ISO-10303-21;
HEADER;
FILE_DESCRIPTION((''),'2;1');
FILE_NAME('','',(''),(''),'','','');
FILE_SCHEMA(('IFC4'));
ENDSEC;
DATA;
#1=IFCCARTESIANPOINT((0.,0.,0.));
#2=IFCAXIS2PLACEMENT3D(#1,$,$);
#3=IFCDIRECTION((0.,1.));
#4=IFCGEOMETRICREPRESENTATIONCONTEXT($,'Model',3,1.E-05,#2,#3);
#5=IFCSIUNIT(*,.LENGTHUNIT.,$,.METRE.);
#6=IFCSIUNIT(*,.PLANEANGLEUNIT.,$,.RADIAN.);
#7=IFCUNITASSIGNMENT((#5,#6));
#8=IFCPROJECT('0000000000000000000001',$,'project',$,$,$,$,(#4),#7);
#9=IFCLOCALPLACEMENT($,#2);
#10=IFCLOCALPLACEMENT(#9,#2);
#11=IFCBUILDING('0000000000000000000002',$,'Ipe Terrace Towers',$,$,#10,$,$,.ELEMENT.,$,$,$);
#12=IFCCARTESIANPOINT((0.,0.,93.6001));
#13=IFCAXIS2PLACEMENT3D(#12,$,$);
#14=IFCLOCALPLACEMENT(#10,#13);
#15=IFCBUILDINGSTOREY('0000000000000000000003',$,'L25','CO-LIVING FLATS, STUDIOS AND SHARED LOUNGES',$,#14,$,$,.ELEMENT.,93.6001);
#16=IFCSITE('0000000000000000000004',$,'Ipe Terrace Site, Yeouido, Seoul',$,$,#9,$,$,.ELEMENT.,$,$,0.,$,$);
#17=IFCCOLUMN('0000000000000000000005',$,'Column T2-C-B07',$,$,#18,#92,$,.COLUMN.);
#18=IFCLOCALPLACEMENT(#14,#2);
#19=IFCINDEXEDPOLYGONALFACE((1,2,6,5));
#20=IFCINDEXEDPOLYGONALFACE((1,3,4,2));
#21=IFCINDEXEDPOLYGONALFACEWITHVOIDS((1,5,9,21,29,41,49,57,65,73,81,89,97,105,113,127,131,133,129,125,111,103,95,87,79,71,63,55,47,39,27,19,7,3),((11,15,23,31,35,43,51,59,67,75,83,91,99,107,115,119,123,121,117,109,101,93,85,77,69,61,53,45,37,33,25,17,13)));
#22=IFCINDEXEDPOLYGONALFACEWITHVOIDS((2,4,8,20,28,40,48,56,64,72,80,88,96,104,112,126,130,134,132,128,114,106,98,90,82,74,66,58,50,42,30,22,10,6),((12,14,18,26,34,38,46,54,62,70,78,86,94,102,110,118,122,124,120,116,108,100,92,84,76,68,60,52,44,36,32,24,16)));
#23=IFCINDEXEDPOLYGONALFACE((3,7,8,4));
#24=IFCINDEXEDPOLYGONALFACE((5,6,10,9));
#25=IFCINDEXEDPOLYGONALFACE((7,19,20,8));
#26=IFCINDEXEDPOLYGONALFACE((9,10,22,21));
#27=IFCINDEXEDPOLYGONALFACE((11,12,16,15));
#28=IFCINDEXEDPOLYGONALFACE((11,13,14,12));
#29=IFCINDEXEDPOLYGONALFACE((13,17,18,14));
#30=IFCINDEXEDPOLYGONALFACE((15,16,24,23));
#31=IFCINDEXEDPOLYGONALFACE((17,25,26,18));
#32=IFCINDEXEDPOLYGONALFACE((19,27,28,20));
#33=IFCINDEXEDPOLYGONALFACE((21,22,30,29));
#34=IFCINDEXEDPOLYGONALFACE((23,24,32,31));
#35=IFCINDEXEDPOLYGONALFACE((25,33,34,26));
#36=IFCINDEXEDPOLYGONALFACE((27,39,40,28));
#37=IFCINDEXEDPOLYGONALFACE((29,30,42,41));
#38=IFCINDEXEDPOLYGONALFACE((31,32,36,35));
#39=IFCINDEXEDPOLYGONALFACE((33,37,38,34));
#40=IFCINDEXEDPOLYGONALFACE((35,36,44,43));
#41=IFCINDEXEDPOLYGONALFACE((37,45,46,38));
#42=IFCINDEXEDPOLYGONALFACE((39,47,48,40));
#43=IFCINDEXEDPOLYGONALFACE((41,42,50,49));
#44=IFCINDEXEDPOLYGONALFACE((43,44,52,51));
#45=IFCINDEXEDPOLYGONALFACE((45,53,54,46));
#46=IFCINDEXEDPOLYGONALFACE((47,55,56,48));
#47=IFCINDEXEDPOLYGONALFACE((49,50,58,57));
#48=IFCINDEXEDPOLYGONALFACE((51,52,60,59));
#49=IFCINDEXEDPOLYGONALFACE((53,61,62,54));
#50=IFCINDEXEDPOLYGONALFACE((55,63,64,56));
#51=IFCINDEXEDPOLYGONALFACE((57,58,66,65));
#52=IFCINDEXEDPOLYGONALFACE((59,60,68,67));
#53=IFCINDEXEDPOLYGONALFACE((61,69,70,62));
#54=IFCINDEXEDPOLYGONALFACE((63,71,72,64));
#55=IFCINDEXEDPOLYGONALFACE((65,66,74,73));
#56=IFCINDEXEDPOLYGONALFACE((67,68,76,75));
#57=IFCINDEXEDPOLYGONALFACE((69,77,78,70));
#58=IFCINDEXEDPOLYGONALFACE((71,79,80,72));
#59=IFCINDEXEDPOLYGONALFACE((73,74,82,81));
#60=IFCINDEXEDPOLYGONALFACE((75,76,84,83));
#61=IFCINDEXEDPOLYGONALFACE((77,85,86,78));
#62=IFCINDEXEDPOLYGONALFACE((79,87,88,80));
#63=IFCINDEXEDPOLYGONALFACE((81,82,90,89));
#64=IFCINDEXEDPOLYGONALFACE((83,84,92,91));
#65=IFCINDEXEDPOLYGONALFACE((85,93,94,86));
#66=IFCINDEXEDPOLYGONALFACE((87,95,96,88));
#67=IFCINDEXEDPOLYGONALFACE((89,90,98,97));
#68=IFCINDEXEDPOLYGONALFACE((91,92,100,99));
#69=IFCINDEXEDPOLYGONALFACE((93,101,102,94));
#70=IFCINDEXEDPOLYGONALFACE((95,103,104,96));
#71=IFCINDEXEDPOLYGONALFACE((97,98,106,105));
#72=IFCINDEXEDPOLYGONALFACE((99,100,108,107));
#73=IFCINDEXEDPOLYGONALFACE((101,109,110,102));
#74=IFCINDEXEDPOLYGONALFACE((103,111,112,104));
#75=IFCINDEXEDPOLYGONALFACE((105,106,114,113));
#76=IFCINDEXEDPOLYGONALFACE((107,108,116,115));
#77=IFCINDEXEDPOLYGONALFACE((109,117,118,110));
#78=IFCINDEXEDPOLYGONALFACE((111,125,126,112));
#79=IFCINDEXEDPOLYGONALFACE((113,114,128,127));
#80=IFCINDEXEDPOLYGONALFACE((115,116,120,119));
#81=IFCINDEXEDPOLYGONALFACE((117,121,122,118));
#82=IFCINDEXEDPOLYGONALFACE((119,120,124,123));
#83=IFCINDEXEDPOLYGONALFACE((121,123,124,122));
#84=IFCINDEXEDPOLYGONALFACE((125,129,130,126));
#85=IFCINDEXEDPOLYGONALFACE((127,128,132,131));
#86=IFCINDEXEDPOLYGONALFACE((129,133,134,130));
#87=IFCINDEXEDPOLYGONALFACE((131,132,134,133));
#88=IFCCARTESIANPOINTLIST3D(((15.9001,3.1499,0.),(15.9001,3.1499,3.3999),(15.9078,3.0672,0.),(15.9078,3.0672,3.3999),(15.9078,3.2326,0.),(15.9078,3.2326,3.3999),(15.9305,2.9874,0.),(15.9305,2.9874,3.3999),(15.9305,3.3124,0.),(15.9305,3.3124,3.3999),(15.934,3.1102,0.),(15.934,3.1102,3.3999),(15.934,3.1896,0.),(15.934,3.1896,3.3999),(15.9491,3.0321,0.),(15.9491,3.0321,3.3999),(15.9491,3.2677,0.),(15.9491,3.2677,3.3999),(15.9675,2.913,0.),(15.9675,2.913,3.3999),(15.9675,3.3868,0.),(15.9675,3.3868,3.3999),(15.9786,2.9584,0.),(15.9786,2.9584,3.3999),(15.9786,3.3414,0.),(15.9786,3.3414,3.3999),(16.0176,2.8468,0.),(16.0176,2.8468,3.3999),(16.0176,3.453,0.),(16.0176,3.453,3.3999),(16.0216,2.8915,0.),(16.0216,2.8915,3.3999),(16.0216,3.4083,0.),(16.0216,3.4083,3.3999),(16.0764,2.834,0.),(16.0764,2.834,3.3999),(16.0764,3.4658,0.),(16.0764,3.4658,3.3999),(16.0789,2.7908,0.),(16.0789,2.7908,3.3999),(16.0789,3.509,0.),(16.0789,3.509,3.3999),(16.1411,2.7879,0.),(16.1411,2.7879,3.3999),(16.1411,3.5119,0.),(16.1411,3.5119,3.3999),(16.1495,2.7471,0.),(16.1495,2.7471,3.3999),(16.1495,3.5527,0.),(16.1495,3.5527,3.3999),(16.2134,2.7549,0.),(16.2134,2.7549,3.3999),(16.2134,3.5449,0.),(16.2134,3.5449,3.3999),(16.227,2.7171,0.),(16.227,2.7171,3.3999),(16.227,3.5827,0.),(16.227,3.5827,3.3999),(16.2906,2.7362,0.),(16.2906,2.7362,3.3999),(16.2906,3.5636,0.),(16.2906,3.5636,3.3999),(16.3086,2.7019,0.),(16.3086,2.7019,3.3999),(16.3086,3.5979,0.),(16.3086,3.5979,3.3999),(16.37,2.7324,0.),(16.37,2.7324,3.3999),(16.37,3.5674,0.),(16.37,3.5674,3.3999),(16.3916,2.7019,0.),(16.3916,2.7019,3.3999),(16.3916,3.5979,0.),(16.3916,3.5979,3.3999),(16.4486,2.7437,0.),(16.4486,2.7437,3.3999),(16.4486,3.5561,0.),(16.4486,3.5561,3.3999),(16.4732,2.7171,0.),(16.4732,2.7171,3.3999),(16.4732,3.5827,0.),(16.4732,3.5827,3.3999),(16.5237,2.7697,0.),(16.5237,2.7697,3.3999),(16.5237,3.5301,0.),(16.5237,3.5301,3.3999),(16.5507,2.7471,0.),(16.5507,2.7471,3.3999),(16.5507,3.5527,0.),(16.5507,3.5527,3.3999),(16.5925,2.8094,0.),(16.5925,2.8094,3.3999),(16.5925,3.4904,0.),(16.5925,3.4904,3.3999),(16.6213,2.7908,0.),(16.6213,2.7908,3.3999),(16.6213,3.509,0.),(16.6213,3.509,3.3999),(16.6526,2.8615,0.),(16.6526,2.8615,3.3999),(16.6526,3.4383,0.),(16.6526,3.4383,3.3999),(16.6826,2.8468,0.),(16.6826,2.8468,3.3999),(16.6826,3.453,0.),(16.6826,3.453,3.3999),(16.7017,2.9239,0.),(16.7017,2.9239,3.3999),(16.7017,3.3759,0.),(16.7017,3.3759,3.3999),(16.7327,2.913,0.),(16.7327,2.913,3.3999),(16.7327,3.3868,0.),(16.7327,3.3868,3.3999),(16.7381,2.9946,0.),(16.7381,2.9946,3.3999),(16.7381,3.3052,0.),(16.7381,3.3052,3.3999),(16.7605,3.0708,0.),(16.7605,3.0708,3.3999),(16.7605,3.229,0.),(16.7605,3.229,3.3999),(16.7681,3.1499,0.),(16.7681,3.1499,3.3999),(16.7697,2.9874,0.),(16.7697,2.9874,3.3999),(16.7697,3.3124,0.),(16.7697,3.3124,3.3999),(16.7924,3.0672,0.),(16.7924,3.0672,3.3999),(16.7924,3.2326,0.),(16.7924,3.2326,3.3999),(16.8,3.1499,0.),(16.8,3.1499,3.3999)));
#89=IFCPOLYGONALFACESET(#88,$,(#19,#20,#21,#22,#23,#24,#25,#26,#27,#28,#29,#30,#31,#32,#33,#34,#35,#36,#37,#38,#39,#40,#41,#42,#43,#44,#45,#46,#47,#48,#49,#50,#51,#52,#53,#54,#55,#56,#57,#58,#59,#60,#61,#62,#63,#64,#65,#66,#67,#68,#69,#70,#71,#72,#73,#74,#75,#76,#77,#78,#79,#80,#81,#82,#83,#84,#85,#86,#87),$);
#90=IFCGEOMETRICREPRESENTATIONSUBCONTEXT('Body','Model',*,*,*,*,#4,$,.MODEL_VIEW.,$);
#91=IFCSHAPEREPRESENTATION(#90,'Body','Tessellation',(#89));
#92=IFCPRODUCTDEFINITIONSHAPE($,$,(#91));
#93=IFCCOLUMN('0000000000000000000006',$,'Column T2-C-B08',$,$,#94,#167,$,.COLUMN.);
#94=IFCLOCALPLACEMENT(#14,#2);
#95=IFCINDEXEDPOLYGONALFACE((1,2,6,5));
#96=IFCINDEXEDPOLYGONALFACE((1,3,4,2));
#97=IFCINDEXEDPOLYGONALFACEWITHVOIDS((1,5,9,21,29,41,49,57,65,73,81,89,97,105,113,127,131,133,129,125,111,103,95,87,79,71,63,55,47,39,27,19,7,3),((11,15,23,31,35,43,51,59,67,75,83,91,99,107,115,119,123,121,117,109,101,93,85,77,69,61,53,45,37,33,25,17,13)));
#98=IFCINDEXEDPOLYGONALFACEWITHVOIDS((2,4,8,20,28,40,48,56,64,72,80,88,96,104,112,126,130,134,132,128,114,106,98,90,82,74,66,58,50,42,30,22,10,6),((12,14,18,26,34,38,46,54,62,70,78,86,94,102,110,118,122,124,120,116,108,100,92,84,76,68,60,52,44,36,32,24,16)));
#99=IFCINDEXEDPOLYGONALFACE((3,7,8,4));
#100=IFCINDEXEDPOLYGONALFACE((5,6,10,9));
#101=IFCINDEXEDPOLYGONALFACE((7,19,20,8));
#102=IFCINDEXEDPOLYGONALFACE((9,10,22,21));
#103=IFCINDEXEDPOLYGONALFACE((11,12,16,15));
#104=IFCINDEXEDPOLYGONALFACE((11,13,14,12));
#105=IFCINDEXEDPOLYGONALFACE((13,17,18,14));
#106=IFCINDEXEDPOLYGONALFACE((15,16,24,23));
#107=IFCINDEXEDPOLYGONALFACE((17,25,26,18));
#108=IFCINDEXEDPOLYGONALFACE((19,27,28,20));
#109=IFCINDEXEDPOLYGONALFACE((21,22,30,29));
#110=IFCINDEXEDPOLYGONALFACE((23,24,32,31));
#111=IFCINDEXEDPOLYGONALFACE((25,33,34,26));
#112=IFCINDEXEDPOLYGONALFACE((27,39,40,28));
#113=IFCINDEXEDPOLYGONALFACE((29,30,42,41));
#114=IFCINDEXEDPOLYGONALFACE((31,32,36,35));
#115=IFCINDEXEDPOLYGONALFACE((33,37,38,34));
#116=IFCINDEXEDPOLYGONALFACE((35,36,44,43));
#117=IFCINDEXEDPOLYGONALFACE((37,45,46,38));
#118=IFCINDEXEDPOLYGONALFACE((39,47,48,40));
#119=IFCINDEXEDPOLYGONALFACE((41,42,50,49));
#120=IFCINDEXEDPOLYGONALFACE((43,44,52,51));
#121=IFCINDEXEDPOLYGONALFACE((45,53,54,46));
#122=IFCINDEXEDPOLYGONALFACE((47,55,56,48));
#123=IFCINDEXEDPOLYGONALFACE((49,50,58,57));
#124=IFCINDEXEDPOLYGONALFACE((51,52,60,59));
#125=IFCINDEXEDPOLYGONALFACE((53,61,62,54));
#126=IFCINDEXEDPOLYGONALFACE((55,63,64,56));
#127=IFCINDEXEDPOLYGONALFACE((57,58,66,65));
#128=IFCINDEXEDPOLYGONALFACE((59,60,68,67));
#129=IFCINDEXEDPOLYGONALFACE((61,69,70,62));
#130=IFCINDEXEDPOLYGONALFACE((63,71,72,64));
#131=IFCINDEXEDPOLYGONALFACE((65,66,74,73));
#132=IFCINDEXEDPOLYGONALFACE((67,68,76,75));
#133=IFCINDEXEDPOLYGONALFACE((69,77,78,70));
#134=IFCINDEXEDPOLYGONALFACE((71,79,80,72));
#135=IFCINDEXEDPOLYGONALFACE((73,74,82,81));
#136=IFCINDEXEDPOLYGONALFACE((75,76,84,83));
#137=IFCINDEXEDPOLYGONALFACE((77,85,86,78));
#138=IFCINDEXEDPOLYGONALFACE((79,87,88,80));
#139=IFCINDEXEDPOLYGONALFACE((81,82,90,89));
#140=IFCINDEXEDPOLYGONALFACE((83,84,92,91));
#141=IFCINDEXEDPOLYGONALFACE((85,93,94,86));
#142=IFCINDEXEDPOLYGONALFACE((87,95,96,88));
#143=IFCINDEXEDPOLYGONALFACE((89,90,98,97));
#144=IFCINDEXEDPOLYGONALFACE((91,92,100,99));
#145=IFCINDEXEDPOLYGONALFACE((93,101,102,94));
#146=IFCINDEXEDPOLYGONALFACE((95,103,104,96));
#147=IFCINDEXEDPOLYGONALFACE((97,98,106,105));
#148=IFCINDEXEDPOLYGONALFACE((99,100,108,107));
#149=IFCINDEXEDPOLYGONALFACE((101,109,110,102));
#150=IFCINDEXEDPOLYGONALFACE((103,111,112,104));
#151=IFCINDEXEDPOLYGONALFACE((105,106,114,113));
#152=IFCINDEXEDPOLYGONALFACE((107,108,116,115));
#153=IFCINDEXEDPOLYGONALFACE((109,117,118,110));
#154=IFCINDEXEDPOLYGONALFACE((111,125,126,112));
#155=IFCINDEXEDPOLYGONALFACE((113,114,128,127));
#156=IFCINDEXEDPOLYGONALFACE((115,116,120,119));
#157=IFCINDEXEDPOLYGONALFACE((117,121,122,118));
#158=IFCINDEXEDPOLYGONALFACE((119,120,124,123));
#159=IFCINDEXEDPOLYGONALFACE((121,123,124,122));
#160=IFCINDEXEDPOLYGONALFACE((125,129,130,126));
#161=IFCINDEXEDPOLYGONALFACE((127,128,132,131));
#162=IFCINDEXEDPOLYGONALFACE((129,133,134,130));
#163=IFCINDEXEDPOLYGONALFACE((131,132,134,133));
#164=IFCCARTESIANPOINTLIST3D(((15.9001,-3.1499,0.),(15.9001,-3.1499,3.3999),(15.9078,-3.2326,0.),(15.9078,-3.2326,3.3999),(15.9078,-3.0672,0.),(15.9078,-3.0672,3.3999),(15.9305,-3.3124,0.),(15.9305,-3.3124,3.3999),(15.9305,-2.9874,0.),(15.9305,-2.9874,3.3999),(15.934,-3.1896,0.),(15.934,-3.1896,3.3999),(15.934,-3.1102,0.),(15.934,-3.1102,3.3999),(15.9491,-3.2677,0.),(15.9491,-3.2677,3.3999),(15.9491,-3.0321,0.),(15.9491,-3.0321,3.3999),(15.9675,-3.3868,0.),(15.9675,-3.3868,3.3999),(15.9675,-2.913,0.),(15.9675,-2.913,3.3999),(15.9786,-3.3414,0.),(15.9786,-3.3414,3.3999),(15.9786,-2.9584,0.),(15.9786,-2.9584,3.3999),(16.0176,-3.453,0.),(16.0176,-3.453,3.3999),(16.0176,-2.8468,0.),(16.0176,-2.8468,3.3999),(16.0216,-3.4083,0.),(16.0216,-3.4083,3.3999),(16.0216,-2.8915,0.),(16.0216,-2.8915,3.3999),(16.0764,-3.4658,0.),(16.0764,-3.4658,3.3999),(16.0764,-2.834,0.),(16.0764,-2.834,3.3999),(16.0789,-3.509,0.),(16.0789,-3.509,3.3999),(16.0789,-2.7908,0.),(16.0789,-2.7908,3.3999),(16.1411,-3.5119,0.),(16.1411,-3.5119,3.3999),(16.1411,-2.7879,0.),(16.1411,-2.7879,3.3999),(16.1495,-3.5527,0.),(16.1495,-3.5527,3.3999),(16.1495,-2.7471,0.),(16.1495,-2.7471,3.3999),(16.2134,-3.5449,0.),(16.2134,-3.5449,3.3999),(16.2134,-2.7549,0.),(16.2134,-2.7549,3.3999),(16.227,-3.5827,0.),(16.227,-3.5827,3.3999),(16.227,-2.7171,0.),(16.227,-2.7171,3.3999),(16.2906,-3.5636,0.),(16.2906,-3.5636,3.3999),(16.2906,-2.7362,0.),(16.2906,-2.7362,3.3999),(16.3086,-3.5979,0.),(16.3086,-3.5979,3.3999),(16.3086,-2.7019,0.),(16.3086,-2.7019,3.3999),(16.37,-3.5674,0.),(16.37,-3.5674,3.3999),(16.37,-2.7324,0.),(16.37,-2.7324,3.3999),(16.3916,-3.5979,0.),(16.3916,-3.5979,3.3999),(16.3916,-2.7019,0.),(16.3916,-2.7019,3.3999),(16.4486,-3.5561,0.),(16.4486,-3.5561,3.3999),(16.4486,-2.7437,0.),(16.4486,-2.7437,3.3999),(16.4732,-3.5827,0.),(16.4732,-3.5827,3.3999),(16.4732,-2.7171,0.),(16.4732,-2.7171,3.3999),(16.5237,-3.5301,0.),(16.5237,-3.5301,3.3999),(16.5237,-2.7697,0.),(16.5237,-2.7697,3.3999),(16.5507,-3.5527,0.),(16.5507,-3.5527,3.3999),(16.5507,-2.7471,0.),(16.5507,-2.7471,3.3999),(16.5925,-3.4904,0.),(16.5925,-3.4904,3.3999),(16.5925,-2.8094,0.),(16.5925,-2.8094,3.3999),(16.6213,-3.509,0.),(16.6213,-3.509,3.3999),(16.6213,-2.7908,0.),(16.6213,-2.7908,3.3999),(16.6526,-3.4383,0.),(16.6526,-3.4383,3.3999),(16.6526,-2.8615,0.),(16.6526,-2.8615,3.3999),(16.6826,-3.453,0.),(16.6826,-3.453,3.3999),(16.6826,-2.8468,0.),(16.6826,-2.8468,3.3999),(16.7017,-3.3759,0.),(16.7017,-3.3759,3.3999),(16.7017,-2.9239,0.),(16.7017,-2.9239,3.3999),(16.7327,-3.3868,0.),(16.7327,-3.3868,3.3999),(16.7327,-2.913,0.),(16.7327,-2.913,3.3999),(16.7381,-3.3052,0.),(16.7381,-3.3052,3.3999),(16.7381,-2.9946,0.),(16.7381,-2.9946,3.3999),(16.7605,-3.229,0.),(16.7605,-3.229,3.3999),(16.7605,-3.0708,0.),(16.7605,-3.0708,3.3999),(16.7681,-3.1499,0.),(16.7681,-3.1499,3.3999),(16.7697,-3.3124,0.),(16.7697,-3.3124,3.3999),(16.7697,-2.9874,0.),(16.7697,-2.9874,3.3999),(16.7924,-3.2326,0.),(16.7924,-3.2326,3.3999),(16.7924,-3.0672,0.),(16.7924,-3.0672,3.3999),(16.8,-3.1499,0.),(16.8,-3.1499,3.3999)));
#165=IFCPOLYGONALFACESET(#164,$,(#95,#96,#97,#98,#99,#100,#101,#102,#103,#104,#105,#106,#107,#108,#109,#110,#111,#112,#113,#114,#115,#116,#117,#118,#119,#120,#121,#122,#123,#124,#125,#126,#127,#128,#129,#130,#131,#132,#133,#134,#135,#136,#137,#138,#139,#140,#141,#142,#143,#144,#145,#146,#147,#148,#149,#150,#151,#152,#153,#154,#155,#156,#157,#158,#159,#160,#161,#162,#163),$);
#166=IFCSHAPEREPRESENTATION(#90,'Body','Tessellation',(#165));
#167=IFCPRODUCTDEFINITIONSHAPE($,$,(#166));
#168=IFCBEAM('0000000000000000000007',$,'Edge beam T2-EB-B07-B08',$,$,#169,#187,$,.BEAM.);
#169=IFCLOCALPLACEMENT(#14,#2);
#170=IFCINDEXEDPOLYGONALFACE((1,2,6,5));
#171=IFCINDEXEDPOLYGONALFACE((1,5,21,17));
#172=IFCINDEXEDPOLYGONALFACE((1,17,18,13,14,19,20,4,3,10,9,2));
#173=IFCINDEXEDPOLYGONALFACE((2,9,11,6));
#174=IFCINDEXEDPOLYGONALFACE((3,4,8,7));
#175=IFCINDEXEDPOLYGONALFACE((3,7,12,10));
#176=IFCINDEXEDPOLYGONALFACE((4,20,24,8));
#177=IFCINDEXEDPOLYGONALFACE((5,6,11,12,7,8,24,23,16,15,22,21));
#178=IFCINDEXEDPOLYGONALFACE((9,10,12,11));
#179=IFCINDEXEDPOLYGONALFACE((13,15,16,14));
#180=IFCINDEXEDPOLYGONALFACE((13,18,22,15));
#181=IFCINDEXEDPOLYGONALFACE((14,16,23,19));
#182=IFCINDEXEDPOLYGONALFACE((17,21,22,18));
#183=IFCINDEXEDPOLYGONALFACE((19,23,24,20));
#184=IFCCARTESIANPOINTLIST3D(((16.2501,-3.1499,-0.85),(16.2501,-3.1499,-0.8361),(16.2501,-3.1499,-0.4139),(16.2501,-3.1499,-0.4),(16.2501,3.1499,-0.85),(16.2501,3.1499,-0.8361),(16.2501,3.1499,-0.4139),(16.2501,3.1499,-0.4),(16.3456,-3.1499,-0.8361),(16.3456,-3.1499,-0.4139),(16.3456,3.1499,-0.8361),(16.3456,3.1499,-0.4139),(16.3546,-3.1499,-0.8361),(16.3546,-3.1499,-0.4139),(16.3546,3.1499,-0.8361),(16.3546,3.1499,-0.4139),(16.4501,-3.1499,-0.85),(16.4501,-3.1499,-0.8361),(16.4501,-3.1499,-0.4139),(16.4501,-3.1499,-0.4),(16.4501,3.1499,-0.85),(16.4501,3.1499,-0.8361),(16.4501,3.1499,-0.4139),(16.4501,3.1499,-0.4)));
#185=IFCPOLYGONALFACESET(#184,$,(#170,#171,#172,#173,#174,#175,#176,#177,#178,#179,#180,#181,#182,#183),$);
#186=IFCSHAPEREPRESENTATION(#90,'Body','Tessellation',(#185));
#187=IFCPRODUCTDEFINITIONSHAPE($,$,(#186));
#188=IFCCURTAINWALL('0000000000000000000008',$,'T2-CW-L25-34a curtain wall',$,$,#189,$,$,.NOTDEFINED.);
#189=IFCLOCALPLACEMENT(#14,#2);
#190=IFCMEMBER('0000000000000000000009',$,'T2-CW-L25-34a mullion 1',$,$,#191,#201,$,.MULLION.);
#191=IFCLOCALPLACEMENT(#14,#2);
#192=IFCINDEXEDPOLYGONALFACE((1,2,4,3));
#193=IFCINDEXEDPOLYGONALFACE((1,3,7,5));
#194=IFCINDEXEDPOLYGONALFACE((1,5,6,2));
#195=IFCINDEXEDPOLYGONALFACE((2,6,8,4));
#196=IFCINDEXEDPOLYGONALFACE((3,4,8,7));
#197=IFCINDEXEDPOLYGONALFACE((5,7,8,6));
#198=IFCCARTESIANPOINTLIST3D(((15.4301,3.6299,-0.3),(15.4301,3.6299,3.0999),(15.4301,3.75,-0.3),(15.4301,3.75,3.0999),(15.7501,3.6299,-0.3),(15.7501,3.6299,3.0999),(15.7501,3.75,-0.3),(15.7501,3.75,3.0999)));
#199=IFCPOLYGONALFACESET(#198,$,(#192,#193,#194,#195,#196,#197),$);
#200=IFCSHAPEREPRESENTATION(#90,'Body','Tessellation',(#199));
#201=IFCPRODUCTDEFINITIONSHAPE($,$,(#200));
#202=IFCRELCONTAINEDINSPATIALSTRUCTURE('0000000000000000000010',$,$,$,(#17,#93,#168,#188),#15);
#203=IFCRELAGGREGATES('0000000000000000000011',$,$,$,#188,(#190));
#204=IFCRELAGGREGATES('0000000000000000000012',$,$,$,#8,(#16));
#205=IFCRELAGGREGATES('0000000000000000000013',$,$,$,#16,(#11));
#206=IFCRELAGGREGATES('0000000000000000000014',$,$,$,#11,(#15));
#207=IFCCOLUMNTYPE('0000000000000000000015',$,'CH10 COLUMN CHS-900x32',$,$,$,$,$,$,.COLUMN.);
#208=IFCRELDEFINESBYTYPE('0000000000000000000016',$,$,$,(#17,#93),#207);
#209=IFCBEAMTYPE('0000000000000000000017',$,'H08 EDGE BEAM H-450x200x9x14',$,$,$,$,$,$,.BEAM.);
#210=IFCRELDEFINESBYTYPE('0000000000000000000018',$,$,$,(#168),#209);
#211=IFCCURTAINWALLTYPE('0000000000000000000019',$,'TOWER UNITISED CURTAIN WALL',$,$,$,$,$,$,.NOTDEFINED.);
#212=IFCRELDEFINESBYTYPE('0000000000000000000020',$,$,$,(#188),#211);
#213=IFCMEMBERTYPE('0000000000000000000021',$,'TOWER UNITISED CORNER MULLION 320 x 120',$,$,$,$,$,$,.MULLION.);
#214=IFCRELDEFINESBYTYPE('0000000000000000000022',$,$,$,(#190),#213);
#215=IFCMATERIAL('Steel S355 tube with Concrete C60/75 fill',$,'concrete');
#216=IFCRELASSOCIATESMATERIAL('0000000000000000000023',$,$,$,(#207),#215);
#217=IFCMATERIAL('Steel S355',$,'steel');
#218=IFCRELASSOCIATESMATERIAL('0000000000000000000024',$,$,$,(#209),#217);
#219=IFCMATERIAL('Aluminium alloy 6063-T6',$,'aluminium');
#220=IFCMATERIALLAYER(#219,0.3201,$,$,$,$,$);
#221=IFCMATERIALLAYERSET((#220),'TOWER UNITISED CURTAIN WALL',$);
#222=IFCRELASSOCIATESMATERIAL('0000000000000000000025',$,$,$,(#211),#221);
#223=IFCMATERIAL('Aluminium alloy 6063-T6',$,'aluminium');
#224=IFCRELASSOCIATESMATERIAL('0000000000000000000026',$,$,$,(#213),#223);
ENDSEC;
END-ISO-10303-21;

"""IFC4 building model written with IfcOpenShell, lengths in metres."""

from ifc_helpers import new_model, si_unit, direction, frame, origin, origin_2d, place, context, subcontext, project, spatial, rectangle, hollow_circle, i_section, extrude, material, layer, layer_set, material_profile, profile_set, type_object, element, aggregate, save


model = new_model("IFC4")

# Units and contexts
model_context = context("Model", 3, precision=1e-05, world=origin(), true_north=direction((0.0, 1.0)))
body_context = subcontext(model_context, "Body", "Model", "MODEL_VIEW")
ifc_project = project(units=[si_unit("LENGTHUNIT", "METRE"), si_unit("PLANEANGLEUNIT", "RADIAN")], contexts=[model_context])

# Site, building, storey
site_placement = place(None, origin())
site = spatial("IfcSite", under=ifc_project, at=site_placement, Name="Ipe Terrace Site, Yeouido, Seoul", CompositionType="ELEMENT", RefElevation=0.0)
building_placement = place(site_placement, origin())
building = spatial("IfcBuilding", under=site, at=building_placement, Name="Ipe Terrace Towers", CompositionType="ELEMENT")
storey_placement = place(building_placement, frame((0.0, 0.0, 93.6001)))
storey = spatial("IfcBuildingStorey", under=building, at=storey_placement, Name="L25", Description="CO-LIVING FLATS, STUDIOS AND SHARED LOUNGES", CompositionType="ELEMENT", Elevation=93.6001)

# Columns
ifc_material_1 = material(Name="Steel S355 tube with Concrete C60/75 fill", Category="concrete")
ifc_material_profile_1 = material_profile(ifc_material_1, hollow_circle(Radius=0.45, WallThickness=0.032, at=origin_2d()), Name="CHS-900x32")
ifc_profile_set_1 = profile_set([ifc_material_profile_1], Name="Steel S355 tube with Concrete C60/75 fill")
column_type = type_object("IfcColumnType", Name="CH10 COLUMN CHS-900x32", PredefinedType="COLUMN", material=ifc_profile_set_1)
for number, where, z_axis, x_axis, name in (
    (1, (16.3501, 3.1499, 0.0), (0.0, 0.0, 1.0), (1.0, 0.0, 0.0), "Column T2-C-B07"),
    (2, (16.3501, -3.1499, 0.0), (0.0, 0.0, 1.0), (1.0, 0.0, 0.0), "Column T2-C-B08"),
):
    element("IfcColumn", number, at=place(storey_placement, frame(where, z_axis=z_axis, x_axis=x_axis)), inside=storey, type_object=column_type, Name=name, PredefinedType="COLUMN", context=body_context, shape_type="SweptSolid", body=[
        extrude(hollow_circle(Radius=0.45, WallThickness=0.032, at=origin_2d()), origin(), (0.0, 0.0, 1.0), 3.3999),
    ])

# Beam
ifc_material_2 = material(Name="Steel S355", Category="steel")
ifc_material_profile_2 = material_profile(ifc_material_2, i_section(OverallWidth=0.2, OverallDepth=0.45, WebThickness=0.009, FlangeThickness=0.0139, at=origin_2d()), Name="H-450x200x9x14")
ifc_profile_set_2 = profile_set([ifc_material_profile_2], Name="Steel S355")
beam_type = type_object("IfcBeamType", Name="H08 EDGE BEAM H-450x200x9x14", PredefinedType="BEAM", material=ifc_profile_set_2)
beam_placement = place(storey_placement, frame((16.3501, 3.1499, -0.625), z_axis=(0.0, -1.0, 0.0), x_axis=(1.0, 0.0, 0.0)))
element("IfcBeam", 3, at=beam_placement, inside=storey, type_object=beam_type, Name="Edge beam T2-EB-B07-B08", PredefinedType="BEAM", context=body_context, shape_type="SweptSolid", body=[
    extrude(i_section(OverallWidth=0.2, OverallDepth=0.45, WebThickness=0.009, FlangeThickness=0.0139, at=origin_2d()), origin(), (0.0, 0.0, 1.0), 6.2998),
])

# Curtain wall, member
ifc_material_3 = material(Name="Aluminium alloy 6063-T6", Category="aluminium")
ifc_layer_1 = layer(ifc_material_3, 0.3201)
ifc_layer_set_1 = layer_set([ifc_layer_1], Name="TOWER UNITISED CURTAIN WALL")
curtain_wall_type = type_object("IfcCurtainWallType", Name="TOWER UNITISED CURTAIN WALL", PredefinedType="NOTDEFINED", material=ifc_layer_set_1)
curtain_wall_placement = place(storey_placement, origin())
curtain_wall = element("IfcCurtainWall", 4, at=curtain_wall_placement, inside=storey, type_object=curtain_wall_type, Name="T2-CW-L25-34a curtain wall", PredefinedType="NOTDEFINED")
ifc_material_4 = material(Name="Aluminium alloy 6063-T6", Category="aluminium")
ifc_material_profile_3 = material_profile(ifc_material_4, rectangle(XDim=0.3201, YDim=0.1201, at=origin_2d()), Name="TOWER UNITISED CORNER MULLION 320 x 120")
ifc_profile_set_3 = profile_set([ifc_material_profile_3], Name="Aluminium alloy 6063-T6")
member_type_1 = type_object("IfcMemberType", Name="TOWER UNITISED CORNER MULLION 320 x 120", PredefinedType="MULLION", material=ifc_profile_set_3)
member_1_placement = place(storey_placement, frame((15.5901, 3.6899, -0.3), z_axis=(0.0, 0.0, 1.0), x_axis=(-1.0, 0.0, 0.0)))
member_1 = element("IfcMember", 5, at=member_1_placement, type_object=member_type_1, Name="T2-CW-L25-34a mullion 1", PredefinedType="MULLION", context=body_context, shape_type="SweptSolid", body=[
    extrude(rectangle(XDim=0.3201, YDim=0.1201, at=origin_2d()), origin(), (0.0, 0.0, 1.0), 3.3999),
])

aggregate(curtain_wall, [member_1])

save(model, "model.ifc")
